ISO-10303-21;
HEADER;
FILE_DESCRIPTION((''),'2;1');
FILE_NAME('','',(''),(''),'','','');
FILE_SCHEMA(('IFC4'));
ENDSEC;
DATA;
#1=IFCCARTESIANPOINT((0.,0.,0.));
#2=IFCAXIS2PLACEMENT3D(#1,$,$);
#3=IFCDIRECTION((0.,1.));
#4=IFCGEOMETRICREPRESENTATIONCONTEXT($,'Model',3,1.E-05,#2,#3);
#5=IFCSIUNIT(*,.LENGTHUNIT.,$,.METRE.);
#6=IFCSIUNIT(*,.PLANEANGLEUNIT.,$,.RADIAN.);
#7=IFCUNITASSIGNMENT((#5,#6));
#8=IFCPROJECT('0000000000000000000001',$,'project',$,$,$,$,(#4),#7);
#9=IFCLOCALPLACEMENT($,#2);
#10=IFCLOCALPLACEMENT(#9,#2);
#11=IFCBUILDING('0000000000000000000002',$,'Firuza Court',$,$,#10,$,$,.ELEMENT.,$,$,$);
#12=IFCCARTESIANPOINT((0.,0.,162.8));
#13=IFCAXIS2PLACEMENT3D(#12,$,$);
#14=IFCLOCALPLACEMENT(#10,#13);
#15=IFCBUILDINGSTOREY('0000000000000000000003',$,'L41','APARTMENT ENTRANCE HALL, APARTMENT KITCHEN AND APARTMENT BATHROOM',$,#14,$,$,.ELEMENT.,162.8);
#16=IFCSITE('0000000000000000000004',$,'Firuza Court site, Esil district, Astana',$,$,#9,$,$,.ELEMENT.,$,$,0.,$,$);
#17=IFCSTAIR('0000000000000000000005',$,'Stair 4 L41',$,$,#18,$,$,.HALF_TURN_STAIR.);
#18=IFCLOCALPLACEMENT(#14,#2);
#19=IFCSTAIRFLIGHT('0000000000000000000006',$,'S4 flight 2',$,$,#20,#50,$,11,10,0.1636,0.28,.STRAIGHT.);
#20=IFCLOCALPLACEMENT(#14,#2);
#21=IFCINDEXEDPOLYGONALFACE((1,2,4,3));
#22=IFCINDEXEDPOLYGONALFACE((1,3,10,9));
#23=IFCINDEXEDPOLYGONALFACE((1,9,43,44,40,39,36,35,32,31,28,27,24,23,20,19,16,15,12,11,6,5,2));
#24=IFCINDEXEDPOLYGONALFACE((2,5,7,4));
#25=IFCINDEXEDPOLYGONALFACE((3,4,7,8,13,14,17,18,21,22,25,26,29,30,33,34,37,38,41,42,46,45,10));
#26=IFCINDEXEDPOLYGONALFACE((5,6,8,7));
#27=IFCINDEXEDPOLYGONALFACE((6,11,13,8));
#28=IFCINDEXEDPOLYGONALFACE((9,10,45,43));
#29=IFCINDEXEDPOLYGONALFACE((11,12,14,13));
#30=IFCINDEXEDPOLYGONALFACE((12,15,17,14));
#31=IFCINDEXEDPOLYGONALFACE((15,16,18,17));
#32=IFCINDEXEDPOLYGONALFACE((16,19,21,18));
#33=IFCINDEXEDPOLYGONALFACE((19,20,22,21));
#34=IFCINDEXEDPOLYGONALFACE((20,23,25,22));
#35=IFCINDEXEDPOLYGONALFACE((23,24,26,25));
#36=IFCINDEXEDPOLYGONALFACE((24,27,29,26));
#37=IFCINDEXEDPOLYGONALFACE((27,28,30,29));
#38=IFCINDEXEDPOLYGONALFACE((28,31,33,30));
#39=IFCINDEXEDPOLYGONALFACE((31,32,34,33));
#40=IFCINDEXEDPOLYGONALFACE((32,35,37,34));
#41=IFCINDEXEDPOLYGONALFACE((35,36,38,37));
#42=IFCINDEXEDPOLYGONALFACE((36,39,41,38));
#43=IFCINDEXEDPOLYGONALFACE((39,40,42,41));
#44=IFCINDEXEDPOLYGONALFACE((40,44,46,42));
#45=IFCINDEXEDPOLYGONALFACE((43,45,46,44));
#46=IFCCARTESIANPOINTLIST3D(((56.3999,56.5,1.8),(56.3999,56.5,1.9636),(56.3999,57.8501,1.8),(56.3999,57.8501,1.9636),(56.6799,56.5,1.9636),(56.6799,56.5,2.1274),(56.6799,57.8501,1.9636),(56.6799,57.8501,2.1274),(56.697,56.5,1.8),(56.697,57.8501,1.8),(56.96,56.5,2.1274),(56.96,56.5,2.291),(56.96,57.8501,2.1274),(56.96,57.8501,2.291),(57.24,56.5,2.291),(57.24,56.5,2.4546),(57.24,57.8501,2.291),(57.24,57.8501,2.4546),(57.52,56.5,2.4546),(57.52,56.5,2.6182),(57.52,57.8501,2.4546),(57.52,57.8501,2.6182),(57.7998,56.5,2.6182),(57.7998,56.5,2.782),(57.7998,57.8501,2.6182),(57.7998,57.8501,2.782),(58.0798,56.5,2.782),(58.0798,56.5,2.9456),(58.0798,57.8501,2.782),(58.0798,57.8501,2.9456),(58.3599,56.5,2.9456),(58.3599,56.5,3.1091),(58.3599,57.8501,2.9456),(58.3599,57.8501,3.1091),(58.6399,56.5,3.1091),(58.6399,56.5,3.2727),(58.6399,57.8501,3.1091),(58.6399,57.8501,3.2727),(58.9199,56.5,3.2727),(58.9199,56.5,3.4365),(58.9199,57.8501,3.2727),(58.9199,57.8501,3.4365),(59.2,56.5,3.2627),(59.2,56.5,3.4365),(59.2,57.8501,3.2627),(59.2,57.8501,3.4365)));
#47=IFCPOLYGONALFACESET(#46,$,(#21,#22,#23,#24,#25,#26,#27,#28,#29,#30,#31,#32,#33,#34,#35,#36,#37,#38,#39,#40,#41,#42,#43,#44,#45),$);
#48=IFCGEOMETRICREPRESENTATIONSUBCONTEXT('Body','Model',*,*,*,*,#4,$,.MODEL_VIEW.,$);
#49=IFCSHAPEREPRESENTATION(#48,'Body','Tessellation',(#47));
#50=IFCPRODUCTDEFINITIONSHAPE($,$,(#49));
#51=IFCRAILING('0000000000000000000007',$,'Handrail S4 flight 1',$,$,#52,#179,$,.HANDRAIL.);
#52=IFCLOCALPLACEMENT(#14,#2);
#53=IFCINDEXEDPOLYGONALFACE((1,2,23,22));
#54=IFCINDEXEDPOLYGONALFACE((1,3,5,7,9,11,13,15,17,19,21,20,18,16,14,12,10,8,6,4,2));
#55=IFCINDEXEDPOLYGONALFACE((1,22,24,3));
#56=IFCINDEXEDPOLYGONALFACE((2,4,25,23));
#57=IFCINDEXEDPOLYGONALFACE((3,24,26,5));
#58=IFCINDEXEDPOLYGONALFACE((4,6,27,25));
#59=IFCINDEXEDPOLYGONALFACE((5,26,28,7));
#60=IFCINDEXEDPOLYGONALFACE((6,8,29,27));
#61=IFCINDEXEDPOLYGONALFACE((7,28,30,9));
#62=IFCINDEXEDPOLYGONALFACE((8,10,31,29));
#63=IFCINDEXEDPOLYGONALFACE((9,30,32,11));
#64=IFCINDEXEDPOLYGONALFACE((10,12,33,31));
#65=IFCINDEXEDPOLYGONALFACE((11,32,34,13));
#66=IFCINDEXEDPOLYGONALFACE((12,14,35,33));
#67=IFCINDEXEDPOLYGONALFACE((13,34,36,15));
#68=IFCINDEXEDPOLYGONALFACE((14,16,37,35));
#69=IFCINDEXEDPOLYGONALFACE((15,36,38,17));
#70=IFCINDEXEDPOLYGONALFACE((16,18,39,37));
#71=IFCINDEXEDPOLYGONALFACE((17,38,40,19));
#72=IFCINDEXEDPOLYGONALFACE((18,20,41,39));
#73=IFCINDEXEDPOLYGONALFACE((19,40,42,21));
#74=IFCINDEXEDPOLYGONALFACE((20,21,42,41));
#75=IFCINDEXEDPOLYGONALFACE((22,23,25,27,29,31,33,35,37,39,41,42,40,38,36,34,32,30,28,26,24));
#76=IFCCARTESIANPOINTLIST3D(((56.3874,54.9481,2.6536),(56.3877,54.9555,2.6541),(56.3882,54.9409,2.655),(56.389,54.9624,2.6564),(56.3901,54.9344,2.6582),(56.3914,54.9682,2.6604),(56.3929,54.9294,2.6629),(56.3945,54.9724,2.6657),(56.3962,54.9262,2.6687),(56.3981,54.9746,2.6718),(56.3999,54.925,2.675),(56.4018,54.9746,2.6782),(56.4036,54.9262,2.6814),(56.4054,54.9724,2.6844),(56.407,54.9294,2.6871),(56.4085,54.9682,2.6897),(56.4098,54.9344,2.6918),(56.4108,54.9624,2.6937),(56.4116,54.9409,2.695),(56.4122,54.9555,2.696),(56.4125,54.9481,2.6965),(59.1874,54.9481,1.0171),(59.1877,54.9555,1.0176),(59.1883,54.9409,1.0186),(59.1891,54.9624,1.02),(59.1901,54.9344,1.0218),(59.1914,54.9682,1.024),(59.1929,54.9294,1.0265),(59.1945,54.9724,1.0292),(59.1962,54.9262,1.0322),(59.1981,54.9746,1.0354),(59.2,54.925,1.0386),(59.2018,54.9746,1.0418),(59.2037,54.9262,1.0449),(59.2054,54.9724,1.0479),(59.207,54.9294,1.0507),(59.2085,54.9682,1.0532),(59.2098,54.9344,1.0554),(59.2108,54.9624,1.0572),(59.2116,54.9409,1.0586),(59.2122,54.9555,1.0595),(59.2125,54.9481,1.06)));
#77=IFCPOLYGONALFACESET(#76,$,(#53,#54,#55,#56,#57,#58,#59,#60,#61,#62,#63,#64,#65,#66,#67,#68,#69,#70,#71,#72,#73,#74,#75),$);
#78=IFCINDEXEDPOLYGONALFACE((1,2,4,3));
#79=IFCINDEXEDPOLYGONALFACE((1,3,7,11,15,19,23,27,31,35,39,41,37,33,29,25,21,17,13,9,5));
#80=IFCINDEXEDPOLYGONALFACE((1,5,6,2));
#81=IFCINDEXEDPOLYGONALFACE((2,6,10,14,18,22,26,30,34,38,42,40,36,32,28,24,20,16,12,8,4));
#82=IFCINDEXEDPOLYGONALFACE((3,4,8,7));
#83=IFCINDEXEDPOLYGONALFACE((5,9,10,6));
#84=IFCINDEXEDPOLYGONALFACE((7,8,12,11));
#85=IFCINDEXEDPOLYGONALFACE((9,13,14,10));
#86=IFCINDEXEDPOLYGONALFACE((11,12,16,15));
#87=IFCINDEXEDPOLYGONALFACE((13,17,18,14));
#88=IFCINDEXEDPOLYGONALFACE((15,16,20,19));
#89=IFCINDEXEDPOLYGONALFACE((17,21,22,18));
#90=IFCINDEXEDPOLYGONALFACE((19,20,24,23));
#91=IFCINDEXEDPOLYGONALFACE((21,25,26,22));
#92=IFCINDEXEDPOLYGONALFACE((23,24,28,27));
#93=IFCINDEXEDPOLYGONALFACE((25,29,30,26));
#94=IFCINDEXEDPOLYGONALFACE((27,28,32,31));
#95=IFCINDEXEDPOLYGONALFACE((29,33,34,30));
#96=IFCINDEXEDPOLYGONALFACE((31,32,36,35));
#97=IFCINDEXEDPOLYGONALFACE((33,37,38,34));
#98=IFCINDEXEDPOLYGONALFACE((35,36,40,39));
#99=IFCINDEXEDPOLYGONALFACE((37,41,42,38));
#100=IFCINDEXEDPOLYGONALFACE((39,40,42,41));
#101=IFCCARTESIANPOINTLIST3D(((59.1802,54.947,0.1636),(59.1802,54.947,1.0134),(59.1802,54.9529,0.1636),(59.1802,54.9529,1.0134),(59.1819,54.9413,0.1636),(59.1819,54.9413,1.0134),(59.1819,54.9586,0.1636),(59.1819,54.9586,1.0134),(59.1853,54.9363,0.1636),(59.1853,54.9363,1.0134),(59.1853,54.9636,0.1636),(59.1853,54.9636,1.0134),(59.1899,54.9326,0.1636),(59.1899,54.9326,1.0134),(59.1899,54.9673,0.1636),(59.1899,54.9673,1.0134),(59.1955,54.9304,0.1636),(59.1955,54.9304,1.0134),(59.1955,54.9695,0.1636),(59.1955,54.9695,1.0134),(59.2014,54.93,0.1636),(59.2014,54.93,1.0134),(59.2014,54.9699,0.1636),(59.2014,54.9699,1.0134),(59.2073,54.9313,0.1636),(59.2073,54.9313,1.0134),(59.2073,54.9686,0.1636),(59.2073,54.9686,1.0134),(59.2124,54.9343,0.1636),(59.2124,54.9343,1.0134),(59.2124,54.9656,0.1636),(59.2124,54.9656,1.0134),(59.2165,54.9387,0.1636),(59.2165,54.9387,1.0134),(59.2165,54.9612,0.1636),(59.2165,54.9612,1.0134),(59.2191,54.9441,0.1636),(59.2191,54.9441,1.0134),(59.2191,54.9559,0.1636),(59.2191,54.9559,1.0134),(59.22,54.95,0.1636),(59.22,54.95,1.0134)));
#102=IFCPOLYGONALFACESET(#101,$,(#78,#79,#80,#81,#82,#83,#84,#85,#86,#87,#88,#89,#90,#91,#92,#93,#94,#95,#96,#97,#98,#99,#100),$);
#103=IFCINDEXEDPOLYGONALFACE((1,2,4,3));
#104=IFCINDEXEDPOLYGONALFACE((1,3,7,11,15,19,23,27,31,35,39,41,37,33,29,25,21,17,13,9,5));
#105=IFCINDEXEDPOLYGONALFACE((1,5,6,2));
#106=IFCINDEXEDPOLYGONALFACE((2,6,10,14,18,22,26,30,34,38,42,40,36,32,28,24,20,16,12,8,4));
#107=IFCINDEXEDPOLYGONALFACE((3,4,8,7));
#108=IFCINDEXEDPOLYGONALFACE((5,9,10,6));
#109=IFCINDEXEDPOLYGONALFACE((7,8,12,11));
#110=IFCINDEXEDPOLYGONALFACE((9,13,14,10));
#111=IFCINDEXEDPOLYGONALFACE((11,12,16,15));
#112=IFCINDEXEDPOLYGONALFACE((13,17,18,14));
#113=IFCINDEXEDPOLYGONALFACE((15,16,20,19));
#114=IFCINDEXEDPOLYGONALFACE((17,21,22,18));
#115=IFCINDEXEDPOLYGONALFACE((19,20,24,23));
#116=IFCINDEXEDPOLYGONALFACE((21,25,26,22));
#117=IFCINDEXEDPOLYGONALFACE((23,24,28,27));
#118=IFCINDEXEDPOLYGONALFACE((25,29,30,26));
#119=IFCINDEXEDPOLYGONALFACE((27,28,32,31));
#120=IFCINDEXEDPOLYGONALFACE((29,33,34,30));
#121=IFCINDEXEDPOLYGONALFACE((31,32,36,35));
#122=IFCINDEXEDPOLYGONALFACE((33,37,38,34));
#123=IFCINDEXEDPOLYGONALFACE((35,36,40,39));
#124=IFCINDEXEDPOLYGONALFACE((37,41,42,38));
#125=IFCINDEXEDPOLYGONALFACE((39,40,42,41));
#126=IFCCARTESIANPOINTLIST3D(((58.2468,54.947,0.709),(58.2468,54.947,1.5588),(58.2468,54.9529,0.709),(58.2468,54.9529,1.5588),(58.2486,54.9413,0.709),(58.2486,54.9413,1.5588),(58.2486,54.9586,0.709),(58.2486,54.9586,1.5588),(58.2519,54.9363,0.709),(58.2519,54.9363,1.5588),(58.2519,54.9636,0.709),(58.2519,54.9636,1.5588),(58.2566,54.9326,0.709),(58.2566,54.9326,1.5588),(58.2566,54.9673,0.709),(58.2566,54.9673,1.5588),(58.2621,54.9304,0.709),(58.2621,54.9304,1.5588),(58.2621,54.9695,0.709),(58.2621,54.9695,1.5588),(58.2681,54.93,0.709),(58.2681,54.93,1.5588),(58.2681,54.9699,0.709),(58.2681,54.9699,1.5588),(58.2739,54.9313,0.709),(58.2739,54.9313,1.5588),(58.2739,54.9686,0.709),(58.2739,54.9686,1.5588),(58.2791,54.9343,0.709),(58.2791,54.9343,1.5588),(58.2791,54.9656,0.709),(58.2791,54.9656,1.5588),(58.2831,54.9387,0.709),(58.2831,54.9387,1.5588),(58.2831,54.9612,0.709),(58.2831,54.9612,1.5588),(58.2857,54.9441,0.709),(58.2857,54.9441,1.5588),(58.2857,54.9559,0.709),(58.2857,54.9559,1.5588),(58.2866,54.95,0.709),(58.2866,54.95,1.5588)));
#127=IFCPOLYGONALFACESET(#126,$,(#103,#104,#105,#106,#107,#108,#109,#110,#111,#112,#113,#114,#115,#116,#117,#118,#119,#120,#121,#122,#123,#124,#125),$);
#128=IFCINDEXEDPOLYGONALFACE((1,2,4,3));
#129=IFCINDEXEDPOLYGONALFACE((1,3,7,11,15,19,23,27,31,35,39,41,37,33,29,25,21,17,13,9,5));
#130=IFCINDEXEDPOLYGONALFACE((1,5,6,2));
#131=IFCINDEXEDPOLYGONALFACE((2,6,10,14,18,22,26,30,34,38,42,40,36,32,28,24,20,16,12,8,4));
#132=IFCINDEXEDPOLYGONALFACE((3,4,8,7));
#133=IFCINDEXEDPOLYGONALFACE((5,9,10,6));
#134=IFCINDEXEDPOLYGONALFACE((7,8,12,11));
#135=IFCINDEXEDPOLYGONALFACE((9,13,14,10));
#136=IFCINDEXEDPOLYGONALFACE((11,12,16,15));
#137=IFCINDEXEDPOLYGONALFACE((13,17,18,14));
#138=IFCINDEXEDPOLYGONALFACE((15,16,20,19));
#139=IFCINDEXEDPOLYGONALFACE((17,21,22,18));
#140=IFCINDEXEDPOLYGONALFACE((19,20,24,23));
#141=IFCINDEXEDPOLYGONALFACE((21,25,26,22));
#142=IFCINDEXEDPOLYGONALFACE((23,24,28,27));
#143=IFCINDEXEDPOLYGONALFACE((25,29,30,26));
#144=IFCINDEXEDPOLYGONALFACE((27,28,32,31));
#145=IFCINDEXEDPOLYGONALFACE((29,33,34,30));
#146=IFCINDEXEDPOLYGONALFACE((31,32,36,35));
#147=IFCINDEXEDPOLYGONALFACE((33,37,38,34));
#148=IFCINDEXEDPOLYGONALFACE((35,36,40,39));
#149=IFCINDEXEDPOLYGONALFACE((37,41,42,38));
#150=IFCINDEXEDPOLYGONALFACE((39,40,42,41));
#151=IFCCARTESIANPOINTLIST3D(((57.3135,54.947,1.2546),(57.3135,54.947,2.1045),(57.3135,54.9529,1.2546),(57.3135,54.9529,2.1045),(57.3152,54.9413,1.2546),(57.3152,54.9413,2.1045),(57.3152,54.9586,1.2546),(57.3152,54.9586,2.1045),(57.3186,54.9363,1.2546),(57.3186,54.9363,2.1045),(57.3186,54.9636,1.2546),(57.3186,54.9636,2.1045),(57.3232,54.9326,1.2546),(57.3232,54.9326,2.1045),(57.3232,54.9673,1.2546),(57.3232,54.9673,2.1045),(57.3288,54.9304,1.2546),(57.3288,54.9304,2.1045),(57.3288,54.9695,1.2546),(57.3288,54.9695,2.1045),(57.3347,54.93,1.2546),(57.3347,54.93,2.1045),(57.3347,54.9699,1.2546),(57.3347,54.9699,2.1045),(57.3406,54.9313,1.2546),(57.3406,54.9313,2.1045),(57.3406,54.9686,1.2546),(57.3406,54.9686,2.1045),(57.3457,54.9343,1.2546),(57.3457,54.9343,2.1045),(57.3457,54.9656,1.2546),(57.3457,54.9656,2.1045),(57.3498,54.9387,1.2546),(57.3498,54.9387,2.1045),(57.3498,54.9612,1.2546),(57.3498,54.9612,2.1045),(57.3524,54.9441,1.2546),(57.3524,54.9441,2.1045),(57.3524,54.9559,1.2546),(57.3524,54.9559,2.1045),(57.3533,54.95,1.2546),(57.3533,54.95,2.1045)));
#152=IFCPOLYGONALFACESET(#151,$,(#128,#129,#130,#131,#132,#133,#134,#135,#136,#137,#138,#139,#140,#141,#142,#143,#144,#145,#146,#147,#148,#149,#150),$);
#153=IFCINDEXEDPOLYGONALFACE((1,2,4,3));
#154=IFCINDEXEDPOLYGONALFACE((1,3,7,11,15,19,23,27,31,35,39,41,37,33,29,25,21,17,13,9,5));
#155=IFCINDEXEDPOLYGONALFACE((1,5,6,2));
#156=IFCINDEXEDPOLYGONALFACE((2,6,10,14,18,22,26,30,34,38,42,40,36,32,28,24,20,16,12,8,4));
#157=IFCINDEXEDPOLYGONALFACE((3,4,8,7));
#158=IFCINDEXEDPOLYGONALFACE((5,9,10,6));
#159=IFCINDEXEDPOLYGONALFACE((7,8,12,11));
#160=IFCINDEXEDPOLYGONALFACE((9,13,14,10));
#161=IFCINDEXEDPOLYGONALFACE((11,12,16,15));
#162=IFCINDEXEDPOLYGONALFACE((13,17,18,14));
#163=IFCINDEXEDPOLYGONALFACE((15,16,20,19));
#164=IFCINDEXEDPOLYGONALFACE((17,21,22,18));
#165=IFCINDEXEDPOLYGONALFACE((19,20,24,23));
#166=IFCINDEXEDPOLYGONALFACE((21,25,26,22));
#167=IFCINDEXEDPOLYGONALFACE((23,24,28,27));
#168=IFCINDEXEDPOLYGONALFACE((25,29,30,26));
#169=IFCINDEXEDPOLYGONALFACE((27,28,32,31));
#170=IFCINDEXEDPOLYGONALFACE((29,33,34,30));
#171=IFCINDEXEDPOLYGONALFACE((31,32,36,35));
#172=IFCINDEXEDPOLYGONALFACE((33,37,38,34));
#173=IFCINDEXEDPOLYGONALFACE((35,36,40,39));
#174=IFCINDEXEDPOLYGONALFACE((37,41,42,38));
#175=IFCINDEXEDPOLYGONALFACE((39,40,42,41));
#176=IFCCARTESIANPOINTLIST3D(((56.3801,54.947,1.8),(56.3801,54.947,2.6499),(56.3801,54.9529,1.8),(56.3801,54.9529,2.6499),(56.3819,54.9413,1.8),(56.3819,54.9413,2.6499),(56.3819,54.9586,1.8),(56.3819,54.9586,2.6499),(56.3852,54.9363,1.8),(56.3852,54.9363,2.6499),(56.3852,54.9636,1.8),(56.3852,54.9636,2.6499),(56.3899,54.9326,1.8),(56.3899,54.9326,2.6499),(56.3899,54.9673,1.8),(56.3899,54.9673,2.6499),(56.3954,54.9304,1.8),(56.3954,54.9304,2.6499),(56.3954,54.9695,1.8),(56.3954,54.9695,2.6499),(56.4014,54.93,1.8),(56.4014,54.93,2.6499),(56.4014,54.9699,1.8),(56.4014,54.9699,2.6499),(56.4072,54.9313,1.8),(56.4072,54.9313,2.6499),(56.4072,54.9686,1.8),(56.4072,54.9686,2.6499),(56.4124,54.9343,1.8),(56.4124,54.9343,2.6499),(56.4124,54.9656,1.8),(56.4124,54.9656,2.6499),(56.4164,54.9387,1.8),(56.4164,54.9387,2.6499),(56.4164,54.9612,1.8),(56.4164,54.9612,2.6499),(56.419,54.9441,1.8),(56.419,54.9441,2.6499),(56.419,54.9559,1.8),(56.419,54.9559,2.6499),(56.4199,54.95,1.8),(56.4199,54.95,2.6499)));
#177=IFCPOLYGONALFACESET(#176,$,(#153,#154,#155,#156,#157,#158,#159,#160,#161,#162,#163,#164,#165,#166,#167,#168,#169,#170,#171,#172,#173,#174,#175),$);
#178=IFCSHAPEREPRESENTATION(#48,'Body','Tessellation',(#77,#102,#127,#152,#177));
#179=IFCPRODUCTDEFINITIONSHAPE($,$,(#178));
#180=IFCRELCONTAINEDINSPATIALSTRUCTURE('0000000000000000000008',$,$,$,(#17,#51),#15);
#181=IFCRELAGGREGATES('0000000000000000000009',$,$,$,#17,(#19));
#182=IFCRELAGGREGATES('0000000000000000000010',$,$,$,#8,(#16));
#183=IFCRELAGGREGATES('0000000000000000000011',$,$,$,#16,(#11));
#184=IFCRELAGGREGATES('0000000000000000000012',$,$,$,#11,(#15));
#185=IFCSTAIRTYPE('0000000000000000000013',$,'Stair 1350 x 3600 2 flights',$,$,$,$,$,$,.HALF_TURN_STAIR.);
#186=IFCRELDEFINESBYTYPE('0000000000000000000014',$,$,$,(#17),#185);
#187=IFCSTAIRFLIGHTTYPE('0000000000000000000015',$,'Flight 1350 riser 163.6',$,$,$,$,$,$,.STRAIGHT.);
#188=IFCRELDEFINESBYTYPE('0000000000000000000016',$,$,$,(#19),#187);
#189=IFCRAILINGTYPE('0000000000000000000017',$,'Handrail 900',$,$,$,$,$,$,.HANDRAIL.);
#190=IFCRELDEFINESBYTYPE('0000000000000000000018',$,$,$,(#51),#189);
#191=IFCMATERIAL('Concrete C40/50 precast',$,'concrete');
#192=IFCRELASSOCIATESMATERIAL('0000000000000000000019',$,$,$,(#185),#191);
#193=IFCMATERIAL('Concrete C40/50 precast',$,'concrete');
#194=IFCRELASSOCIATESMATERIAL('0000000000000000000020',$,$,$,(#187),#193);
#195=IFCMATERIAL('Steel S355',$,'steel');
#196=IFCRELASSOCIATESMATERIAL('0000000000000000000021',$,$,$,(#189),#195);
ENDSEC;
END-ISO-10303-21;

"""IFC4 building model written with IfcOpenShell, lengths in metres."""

from ifc_helpers import new_model, si_unit, direction, frame, origin, origin_2d, place, context, subcontext, project, spatial, polyline, circle, outline, extrude, material, type_object, element, aggregate, save


model = new_model("IFC4")

# Units and contexts
model_context = context("Model", 3, precision=1e-05, world=origin(), true_north=direction((0.0, 1.0)))
body_context = subcontext(model_context, "Body", "Model", "MODEL_VIEW")
ifc_project = project(units=[si_unit("LENGTHUNIT", "METRE"), si_unit("PLANEANGLEUNIT", "RADIAN")], contexts=[model_context])

# Site, building, storey
site_placement = place(None, origin())
site = spatial("IfcSite", under=ifc_project, at=site_placement, Name="Firuza Court site, Esil district, Astana", CompositionType="ELEMENT", RefElevation=0.0)
building_placement = place(site_placement, origin())
building = spatial("IfcBuilding", under=site, at=building_placement, Name="Firuza Court", CompositionType="ELEMENT")
storey_placement = place(building_placement, frame((0.0, 0.0, 162.8)))
storey = spatial("IfcBuildingStorey", under=building, at=storey_placement, Name="L41", Description="APARTMENT ENTRANCE HALL, APARTMENT KITCHEN AND APARTMENT BATHROOM", CompositionType="ELEMENT", Elevation=162.8)

# Stair, stair flight
ifc_material_1 = material(Name="Concrete C40/50 precast", Category="concrete")
stair_type = type_object("IfcStairType", Name="Stair 1350 x 3600 2 flights", PredefinedType="HALF_TURN_STAIR", material=ifc_material_1)
stair_placement = place(storey_placement, origin())
stair = element("IfcStair", 1, at=stair_placement, inside=storey, type_object=stair_type, Name="Stair 4 L41", PredefinedType="HALF_TURN_STAIR")
ifc_material_2 = material(Name="Concrete C40/50 precast", Category="concrete")
stair_flight_type = type_object("IfcStairFlightType", Name="Flight 1350 riser 163.6", PredefinedType="STRAIGHT", material=ifc_material_2)
stair_flight_1_placement = place(storey_placement, frame((56.3999, 57.175, 1.8), z_axis=(0.0, 0.0, 1.0), x_axis=(1.0, 0.0, 0.0)))
stair_flight_1 = element("IfcStairFlight", 2, at=stair_flight_1_placement, type_object=stair_flight_type, Name="S4 flight 2", NumberOfRisers=11, NumberOfTreads=10, PredefinedType="STRAIGHT", RiserHeight=0.1636, TreadLength=0.28, context=body_context, shape_type="SweptSolid", body=[
    extrude(outline(polyline([(0.0, 0.0), (0.0, 0.1636), (0.28, 0.1636), (0.28, 0.3274), (0.5601, 0.3274), (0.5601, 0.491), (0.8401, 0.491), (0.8401, 0.6545), (1.1201, 0.6545), (1.1201, 0.8181), (1.3999, 0.8181), (1.3999, 0.9819), (1.6799, 0.9819), (1.6799, 1.1455), (1.96, 1.1455), (1.96, 1.3091), (2.24, 1.3091), (2.24, 1.4727), (2.52, 1.4727), (2.52, 1.6365), (2.8, 1.6365), (2.8, 1.8), (2.8, 1.4626), (0.2971, 0.0), (0.0, 0.0)])), frame((0.0, 0.675, 0.0), z_axis=(0.0, -1.0, 0.0), x_axis=(1.0, 0.0, 0.0)), (0.0, 0.0, 1.0), 1.3501),
])
aggregate(stair, [stair_flight_1])

# Railing
ifc_material_3 = material(Name="Steel S355", Category="steel")
railing_type_1 = type_object("IfcRailingType", Name="Handrail 900", PredefinedType="HANDRAIL", material=ifc_material_3)
railing_1_placement = place(storey_placement, frame((59.2, 54.95, 0.1636)))
element("IfcRailing", 3, at=railing_1_placement, inside=storey, type_object=railing_type_1, Name="Handrail S4 flight 1", PredefinedType="HANDRAIL", context=body_context, shape_type="SweptSolid", body=[
    extrude(circle(Radius=0.0249, at=origin_2d()), frame((0.0, 0.0, 0.875), z_axis=(-0.863361, 0.0, 0.504587), x_axis=(0.0, -1.0, 0.0)), (0.0, 0.0, 1.0), 3.2432),
    extrude(circle(Radius=0.02, at=origin_2d()), origin(), (0.0, 0.0, 1.0), 0.8499),
    extrude(circle(Radius=0.02, at=origin_2d()), frame((-0.9333, 0.0, 0.5454)), (0.0, 0.0, 1.0), 0.8499),
    extrude(circle(Radius=0.02, at=origin_2d()), frame((-1.8667, 0.0, 1.0911)), (0.0, 0.0, 1.0), 0.8499),
    extrude(circle(Radius=0.02, at=origin_2d()), frame((-2.8, 0.0, 1.6365)), (0.0, 0.0, 1.0), 0.8499),
])

save(model, "model.ifc")
